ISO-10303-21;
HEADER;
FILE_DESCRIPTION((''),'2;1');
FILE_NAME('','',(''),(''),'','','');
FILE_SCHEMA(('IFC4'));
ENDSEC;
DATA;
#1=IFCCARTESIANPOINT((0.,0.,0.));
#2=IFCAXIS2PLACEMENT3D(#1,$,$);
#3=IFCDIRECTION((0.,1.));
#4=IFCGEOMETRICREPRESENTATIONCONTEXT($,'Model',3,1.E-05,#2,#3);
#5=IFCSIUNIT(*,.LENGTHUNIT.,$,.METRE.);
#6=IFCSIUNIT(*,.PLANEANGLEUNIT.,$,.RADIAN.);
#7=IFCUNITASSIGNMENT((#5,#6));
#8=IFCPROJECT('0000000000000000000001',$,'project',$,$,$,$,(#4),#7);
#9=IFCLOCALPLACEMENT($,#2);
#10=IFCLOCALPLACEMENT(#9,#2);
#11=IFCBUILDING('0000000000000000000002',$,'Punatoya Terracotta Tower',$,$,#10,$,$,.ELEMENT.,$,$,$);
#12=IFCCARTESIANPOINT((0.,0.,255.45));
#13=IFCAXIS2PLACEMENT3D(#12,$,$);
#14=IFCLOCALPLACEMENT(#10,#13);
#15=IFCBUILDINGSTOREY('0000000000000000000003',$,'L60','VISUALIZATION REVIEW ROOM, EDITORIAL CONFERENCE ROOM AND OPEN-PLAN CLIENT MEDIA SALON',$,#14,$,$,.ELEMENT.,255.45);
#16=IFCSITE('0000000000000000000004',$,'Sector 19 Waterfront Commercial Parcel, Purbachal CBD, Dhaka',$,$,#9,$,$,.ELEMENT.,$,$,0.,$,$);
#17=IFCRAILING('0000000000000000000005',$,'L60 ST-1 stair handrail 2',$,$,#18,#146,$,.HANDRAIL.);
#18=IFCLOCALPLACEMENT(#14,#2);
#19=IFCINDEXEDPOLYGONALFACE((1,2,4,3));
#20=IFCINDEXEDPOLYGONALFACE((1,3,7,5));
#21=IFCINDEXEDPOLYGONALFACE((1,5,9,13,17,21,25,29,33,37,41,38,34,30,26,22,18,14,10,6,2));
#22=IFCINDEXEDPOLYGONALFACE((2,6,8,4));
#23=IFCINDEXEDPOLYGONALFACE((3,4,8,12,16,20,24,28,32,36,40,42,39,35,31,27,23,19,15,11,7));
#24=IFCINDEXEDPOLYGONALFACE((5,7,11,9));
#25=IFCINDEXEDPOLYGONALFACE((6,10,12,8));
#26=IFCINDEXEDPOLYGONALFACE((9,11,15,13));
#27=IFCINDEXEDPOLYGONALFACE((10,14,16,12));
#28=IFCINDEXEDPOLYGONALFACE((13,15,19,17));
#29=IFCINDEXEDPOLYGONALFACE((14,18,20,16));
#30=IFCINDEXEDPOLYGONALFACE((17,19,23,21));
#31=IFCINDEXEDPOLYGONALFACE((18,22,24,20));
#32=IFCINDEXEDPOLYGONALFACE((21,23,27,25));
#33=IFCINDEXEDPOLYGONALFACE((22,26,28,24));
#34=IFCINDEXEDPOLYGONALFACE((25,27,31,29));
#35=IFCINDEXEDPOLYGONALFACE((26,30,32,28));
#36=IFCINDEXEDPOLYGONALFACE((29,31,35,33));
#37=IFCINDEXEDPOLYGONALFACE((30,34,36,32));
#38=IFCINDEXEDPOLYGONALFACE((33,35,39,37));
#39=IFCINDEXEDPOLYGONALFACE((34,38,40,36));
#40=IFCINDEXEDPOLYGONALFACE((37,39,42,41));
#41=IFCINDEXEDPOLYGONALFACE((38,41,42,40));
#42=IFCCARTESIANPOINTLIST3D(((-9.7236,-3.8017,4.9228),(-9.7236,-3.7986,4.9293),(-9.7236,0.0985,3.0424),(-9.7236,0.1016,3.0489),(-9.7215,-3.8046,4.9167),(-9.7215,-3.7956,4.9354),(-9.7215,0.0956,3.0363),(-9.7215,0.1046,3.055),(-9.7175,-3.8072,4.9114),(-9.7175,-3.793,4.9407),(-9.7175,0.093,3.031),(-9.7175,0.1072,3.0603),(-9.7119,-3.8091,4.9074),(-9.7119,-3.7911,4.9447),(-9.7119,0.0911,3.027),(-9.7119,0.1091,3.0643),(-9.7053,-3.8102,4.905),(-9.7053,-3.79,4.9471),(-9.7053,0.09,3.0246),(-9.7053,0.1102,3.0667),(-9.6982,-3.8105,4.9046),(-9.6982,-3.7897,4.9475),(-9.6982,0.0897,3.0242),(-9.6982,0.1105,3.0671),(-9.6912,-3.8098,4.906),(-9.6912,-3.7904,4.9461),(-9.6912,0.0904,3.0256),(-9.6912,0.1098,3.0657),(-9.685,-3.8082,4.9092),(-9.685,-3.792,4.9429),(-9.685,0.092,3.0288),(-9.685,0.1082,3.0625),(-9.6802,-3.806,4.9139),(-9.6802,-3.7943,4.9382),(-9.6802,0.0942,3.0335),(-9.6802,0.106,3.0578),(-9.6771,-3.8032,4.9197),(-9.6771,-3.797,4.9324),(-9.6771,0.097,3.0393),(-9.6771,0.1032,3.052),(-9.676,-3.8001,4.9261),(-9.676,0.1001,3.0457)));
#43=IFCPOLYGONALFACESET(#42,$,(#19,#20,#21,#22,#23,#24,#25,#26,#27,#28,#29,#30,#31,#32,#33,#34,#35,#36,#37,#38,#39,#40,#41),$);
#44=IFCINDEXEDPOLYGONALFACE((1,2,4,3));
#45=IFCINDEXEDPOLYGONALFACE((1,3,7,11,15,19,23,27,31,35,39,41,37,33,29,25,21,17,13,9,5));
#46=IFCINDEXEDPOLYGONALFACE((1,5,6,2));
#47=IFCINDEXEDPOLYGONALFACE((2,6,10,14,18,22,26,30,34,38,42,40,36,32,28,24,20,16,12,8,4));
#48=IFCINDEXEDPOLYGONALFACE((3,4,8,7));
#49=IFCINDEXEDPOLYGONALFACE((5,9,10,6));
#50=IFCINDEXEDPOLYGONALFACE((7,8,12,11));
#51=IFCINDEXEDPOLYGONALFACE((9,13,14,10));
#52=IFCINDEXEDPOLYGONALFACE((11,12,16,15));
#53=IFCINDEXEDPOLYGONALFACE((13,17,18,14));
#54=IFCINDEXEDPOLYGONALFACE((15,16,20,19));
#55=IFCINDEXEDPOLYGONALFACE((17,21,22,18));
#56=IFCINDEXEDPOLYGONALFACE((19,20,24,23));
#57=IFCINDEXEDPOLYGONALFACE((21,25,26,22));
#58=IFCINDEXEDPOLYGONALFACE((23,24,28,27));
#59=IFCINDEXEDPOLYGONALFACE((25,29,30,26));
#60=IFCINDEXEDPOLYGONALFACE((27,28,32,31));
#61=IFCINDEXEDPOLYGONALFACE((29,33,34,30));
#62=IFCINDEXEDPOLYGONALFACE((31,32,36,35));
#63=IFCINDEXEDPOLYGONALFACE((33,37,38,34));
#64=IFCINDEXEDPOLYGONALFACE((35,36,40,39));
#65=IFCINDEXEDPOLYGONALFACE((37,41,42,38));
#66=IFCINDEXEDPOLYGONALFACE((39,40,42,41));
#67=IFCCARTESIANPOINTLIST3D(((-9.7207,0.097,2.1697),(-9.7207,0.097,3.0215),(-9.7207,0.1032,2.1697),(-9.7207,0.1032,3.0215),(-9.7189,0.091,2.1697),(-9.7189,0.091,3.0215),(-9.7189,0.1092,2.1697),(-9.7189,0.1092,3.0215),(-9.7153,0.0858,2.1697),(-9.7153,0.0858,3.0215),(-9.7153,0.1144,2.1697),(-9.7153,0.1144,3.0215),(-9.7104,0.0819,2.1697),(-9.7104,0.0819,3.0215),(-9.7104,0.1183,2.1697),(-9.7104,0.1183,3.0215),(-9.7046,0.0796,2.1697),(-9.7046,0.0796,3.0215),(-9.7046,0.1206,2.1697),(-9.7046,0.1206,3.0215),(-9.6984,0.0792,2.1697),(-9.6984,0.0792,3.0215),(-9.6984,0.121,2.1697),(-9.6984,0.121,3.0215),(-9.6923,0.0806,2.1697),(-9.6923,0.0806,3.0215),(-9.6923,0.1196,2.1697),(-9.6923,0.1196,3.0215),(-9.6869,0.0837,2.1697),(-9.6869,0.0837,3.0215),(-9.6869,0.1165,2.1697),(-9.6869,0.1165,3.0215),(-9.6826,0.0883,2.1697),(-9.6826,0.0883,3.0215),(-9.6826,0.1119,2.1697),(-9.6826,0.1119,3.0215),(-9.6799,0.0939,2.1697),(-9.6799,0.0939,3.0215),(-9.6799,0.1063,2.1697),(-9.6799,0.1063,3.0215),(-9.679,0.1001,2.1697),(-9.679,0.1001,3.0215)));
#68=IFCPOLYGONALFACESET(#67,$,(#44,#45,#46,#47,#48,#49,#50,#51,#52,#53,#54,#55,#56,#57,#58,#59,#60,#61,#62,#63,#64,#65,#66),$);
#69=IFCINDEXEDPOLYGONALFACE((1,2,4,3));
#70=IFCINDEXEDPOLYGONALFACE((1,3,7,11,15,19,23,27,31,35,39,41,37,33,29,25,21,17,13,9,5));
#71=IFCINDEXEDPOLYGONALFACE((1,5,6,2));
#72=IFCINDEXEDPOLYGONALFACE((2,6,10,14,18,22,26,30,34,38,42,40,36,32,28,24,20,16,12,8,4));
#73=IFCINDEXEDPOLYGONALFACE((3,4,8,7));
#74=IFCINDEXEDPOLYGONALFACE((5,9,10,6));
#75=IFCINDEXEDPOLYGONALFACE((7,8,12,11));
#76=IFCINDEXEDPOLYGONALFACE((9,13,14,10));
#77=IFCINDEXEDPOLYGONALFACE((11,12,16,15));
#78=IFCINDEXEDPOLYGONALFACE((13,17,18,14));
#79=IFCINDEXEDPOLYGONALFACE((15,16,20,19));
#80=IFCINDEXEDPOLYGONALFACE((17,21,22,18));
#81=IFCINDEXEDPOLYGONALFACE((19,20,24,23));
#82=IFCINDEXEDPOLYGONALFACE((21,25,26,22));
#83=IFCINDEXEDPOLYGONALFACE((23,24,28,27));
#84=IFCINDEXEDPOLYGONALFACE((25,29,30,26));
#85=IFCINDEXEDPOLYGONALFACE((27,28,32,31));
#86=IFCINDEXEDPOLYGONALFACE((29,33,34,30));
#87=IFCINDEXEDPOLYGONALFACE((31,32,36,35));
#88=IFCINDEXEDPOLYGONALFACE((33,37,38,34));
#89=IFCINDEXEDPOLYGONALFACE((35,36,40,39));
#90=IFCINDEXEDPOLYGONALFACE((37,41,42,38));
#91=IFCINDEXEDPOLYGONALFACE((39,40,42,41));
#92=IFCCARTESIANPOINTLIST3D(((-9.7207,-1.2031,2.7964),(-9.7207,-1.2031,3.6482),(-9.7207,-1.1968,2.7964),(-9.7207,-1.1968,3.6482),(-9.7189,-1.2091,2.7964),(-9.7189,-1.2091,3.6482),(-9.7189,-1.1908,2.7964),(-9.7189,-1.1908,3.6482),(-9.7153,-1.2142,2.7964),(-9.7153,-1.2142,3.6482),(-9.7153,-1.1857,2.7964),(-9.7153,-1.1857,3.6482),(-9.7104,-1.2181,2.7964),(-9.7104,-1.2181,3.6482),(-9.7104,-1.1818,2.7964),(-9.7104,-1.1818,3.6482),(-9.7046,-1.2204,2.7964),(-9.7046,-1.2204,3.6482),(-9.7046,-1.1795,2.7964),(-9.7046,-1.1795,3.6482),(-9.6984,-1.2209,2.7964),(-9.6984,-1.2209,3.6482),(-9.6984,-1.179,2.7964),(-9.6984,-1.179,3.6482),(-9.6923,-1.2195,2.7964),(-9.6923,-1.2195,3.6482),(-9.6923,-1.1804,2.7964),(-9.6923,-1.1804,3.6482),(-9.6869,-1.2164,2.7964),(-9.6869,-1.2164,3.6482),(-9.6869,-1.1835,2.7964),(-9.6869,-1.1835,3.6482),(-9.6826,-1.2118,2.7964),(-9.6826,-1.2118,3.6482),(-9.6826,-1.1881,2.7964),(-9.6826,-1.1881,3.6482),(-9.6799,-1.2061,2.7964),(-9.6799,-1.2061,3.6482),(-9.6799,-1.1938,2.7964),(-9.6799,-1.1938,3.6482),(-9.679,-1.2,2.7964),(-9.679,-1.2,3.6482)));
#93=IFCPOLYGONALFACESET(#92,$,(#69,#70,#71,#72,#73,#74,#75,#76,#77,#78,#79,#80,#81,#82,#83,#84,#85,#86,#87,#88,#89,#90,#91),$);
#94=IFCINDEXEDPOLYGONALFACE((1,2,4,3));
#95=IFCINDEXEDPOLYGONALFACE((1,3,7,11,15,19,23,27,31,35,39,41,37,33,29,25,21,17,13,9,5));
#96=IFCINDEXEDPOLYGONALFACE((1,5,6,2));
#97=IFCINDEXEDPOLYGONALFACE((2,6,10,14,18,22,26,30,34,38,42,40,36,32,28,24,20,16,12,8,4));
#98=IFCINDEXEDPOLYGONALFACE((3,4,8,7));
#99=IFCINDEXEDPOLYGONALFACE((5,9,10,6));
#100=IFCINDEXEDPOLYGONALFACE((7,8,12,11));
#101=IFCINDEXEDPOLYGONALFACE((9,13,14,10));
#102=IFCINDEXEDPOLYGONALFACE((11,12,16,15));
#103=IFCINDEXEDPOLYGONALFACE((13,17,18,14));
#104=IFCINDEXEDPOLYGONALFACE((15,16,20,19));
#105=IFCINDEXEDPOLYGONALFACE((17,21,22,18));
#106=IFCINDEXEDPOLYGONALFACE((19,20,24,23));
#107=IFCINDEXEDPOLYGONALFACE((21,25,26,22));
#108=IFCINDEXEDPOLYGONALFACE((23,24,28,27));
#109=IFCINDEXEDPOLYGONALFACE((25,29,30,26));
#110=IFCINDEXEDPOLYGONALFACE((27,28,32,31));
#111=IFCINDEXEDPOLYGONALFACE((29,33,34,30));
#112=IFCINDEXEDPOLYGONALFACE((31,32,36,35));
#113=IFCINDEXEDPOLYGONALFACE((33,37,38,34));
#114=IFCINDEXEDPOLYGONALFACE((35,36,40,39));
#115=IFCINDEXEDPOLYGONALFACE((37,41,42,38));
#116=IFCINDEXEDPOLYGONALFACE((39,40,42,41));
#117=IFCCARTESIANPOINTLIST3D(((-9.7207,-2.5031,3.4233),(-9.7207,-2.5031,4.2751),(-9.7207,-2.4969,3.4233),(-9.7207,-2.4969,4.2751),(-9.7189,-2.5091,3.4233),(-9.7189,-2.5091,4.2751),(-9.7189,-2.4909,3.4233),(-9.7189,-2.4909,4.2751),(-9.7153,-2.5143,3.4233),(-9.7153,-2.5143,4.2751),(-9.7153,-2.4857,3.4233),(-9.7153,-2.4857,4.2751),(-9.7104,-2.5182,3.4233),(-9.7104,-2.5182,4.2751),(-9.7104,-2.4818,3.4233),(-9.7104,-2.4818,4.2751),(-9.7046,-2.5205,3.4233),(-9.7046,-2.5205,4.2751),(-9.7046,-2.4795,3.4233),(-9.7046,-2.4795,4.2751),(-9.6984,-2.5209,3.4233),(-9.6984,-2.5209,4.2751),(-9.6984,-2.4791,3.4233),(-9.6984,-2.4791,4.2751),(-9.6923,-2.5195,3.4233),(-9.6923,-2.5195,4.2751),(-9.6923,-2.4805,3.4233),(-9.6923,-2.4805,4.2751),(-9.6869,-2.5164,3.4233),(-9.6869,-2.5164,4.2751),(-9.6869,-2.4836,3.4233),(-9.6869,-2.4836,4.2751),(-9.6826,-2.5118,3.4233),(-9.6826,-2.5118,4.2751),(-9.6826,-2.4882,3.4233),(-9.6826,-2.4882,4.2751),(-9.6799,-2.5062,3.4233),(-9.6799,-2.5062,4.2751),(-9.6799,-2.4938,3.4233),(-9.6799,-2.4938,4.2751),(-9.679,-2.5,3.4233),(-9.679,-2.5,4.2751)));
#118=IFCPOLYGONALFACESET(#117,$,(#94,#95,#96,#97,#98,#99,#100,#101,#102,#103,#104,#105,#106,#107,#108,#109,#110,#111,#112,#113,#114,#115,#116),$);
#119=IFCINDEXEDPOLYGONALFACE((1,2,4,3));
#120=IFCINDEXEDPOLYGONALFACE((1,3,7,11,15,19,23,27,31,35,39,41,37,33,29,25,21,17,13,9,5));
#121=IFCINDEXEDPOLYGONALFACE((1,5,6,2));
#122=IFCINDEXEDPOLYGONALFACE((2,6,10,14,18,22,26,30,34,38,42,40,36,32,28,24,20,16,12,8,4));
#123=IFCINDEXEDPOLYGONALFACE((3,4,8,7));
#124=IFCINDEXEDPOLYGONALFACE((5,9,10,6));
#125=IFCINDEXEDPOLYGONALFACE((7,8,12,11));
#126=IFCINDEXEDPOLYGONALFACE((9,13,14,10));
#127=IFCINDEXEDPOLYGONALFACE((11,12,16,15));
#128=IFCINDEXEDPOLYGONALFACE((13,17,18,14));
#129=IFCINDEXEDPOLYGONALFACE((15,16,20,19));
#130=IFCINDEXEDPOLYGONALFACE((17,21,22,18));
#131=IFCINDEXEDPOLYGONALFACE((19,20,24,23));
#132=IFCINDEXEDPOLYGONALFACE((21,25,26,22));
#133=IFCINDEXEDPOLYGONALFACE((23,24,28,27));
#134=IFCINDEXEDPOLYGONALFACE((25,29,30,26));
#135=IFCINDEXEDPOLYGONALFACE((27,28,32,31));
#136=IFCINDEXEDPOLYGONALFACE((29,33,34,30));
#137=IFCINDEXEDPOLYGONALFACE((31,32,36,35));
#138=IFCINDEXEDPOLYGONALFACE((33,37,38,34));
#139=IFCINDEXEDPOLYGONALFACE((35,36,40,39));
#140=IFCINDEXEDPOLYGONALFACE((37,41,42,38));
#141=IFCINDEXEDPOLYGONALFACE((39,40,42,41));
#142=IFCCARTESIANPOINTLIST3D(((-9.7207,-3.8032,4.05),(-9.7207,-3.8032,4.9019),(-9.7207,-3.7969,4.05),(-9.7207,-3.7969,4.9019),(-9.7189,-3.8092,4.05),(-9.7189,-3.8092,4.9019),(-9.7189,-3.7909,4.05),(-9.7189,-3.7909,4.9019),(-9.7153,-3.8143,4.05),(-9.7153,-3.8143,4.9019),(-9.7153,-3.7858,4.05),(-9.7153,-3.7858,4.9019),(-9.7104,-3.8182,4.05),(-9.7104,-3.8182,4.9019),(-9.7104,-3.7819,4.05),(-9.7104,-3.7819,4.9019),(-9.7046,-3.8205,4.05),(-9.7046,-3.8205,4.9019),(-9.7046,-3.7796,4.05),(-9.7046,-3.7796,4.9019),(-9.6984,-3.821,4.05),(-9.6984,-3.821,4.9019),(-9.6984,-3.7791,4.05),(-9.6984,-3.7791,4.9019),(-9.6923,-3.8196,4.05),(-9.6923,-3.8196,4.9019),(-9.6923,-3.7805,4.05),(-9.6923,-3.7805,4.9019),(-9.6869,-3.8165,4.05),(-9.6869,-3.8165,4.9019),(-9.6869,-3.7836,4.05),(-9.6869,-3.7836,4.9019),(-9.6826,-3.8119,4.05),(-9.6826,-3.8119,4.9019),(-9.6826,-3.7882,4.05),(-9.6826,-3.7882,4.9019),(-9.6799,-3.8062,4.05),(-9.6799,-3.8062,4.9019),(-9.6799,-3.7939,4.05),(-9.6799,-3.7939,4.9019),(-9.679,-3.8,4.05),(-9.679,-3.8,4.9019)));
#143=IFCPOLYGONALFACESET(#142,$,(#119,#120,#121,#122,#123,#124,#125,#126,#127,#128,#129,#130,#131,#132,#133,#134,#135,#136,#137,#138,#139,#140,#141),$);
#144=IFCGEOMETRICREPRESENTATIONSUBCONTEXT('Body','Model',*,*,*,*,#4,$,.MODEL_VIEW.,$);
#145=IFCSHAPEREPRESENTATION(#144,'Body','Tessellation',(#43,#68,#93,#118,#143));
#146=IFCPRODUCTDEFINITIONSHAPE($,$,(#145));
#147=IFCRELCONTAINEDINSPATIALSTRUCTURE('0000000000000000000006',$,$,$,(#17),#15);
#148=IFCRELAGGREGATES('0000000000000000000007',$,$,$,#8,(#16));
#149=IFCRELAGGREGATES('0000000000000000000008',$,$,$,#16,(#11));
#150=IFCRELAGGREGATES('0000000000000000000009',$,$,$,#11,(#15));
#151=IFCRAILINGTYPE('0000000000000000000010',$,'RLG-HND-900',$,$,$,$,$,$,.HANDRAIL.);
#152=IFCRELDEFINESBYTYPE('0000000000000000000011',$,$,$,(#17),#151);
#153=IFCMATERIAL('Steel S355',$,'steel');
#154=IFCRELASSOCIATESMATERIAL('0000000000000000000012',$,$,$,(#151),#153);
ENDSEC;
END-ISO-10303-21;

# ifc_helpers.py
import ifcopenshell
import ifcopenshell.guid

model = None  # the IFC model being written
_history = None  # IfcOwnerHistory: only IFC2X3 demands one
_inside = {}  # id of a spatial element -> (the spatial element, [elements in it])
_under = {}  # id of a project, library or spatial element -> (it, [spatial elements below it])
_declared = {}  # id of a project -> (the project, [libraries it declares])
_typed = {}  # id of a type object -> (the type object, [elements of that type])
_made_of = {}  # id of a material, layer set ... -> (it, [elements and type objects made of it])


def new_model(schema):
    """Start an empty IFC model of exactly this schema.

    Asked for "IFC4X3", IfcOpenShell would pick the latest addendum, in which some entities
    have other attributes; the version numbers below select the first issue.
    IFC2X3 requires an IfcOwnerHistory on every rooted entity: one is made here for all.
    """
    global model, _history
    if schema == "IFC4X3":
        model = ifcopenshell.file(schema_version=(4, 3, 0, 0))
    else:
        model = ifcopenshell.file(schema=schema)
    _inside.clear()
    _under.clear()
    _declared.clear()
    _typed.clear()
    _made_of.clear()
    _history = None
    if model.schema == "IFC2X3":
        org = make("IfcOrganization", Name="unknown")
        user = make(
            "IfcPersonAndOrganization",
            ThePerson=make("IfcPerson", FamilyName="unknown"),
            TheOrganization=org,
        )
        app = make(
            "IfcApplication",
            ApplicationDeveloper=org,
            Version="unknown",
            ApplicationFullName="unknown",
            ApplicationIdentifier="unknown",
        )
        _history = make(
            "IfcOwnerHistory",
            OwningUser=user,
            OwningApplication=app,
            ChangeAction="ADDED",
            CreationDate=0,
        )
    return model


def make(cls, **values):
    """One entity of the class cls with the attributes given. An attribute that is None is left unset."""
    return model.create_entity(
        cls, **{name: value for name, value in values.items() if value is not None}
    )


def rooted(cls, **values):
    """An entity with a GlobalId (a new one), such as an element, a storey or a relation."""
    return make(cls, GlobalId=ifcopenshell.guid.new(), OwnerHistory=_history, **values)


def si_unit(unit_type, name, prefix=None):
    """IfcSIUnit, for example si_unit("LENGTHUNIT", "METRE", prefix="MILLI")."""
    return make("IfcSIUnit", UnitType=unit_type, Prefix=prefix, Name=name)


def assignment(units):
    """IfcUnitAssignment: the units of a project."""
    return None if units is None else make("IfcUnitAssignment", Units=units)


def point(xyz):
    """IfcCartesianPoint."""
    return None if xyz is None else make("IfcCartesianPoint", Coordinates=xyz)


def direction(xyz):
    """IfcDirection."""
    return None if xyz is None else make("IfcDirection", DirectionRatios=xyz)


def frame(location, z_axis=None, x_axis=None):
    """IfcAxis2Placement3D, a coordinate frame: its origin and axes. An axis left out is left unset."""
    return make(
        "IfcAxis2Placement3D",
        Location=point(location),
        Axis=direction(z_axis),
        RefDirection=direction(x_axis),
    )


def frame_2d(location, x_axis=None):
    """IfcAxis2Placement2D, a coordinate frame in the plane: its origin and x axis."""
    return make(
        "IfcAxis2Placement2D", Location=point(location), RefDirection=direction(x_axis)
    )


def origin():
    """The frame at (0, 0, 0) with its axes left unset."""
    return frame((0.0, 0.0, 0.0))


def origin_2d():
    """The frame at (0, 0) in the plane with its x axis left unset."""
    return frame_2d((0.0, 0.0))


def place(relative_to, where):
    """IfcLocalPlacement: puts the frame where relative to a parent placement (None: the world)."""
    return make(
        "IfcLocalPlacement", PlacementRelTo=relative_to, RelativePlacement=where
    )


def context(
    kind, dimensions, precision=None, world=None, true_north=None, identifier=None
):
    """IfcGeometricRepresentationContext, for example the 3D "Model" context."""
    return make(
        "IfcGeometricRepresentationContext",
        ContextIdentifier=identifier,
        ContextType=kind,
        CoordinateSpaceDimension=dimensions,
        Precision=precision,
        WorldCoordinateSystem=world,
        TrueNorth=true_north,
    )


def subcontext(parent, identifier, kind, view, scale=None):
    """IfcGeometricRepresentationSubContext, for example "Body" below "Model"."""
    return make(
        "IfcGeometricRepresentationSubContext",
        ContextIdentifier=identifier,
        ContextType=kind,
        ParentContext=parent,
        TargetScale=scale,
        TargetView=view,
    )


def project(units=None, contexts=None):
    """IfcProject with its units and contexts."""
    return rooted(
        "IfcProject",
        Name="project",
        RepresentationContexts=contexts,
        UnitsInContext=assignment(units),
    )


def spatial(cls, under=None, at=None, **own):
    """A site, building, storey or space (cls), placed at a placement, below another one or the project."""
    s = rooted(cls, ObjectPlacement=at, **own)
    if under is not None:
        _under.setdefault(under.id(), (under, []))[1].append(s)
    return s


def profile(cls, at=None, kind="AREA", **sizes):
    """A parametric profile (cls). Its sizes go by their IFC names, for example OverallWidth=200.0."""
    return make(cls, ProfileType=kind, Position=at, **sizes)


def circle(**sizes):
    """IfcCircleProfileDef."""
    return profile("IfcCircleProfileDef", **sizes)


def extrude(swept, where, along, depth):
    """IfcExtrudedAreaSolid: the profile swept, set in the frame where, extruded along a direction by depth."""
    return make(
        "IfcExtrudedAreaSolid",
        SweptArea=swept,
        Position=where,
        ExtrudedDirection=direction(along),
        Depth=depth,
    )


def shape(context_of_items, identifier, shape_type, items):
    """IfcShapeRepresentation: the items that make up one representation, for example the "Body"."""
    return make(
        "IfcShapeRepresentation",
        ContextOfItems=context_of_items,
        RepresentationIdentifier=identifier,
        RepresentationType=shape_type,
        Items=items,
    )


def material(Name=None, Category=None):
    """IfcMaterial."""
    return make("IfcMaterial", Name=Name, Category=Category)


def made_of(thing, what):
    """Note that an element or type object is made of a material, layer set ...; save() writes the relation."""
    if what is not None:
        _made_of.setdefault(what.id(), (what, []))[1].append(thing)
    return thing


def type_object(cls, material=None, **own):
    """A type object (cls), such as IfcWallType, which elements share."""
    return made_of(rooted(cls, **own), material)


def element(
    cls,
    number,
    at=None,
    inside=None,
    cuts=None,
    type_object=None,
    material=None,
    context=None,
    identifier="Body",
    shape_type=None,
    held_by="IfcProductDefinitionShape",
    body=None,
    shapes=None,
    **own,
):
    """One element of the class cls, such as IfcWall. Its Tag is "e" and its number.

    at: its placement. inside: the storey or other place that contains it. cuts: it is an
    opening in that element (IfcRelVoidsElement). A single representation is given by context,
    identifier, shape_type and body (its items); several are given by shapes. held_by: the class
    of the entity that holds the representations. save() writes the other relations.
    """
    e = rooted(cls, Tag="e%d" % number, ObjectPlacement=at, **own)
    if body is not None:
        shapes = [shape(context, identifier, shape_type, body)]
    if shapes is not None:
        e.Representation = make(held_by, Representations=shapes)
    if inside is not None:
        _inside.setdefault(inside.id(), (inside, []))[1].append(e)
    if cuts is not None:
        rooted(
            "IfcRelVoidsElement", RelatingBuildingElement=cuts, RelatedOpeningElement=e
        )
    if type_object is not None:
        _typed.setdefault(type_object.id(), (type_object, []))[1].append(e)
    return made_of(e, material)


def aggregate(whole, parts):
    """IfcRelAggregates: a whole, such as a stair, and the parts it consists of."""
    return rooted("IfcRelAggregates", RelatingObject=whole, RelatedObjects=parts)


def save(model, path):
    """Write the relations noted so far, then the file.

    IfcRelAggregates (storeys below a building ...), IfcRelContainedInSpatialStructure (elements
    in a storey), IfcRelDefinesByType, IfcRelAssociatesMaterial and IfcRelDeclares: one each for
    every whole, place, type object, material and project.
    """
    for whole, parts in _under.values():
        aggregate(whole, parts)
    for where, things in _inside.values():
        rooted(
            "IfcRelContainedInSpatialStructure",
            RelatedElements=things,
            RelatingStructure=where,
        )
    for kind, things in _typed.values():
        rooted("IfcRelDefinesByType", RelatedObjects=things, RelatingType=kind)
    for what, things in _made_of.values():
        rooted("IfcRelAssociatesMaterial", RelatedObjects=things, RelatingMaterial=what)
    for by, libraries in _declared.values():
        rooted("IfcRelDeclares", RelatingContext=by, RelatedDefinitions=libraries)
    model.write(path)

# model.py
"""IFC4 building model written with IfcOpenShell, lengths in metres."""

from ifc_helpers import new_model, si_unit, direction, frame, origin, origin_2d, place, context, subcontext, project, spatial, circle, extrude, material, type_object, element, save


model = new_model("IFC4")

# Units and contexts
model_context = context("Model", 3, precision=1e-05, world=origin(), true_north=direction((0.0, 1.0)))
body_context = subcontext(model_context, "Body", "Model", "MODEL_VIEW")
ifc_project = project(units=[si_unit("LENGTHUNIT", "METRE"), si_unit("PLANEANGLEUNIT", "RADIAN")], contexts=[model_context])

# Site, building, storey
site_placement = place(None, origin())
site = spatial("IfcSite", under=ifc_project, at=site_placement, Name="Sector 19 Waterfront Commercial Parcel, Purbachal CBD, Dhaka", CompositionType="ELEMENT", RefElevation=0.0)
building_placement = place(site_placement, origin())
building = spatial("IfcBuilding", under=site, at=building_placement, Name="Punatoya Terracotta Tower", CompositionType="ELEMENT")
storey_placement = place(building_placement, frame((0.0, 0.0, 255.45)))
storey = spatial("IfcBuildingStorey", under=building, at=storey_placement, Name="L60", Description="VISUALIZATION REVIEW ROOM, EDITORIAL CONFERENCE ROOM AND OPEN-PLAN CLIENT MEDIA SALON", CompositionType="ELEMENT", Elevation=255.45)

# Shared definitions
ifc_material_1 = material(Name="Steel S355", Category="steel")

# Railing
railing_type_1 = type_object("IfcRailingType", Name="RLG-HND-900", PredefinedType="HANDRAIL", material=ifc_material_1)
railing_1_placement = place(storey_placement, frame((-9.7, 0.1001, 2.1697)))
element("IfcRailing", 1, at=railing_1_placement, inside=storey, type_object=railing_type_1, Name="L60 ST-1 stair handrail 2", PredefinedType="HANDRAIL", context=body_context, shape_type="SweptSolid", body=[
    extrude(circle(Radius=0.0239, at=origin_2d()), frame((0.0, 0.0, 0.876), z_axis=(0.0, -0.900774, 0.434289), x_axis=(1.0, 0.0, 0.0)), (0.0, 0.0, 1.0), 4.3298),
    extrude(circle(Radius=0.021, at=origin_2d()), origin(), (0.0, 0.0, 1.0), 0.8518),
    extrude(circle(Radius=0.021, at=origin_2d()), frame((0.0, -1.3, 0.6267)), (0.0, 0.0, 1.0), 0.8518),
    extrude(circle(Radius=0.021, at=origin_2d()), frame((0.0, -2.6001, 1.2537)), (0.0, 0.0, 1.0), 0.8518),
    extrude(circle(Radius=0.021, at=origin_2d()), frame((0.0, -3.9001, 1.8804)), (0.0, 0.0, 1.0), 0.8518),
])

save(model, "model.ifc")
